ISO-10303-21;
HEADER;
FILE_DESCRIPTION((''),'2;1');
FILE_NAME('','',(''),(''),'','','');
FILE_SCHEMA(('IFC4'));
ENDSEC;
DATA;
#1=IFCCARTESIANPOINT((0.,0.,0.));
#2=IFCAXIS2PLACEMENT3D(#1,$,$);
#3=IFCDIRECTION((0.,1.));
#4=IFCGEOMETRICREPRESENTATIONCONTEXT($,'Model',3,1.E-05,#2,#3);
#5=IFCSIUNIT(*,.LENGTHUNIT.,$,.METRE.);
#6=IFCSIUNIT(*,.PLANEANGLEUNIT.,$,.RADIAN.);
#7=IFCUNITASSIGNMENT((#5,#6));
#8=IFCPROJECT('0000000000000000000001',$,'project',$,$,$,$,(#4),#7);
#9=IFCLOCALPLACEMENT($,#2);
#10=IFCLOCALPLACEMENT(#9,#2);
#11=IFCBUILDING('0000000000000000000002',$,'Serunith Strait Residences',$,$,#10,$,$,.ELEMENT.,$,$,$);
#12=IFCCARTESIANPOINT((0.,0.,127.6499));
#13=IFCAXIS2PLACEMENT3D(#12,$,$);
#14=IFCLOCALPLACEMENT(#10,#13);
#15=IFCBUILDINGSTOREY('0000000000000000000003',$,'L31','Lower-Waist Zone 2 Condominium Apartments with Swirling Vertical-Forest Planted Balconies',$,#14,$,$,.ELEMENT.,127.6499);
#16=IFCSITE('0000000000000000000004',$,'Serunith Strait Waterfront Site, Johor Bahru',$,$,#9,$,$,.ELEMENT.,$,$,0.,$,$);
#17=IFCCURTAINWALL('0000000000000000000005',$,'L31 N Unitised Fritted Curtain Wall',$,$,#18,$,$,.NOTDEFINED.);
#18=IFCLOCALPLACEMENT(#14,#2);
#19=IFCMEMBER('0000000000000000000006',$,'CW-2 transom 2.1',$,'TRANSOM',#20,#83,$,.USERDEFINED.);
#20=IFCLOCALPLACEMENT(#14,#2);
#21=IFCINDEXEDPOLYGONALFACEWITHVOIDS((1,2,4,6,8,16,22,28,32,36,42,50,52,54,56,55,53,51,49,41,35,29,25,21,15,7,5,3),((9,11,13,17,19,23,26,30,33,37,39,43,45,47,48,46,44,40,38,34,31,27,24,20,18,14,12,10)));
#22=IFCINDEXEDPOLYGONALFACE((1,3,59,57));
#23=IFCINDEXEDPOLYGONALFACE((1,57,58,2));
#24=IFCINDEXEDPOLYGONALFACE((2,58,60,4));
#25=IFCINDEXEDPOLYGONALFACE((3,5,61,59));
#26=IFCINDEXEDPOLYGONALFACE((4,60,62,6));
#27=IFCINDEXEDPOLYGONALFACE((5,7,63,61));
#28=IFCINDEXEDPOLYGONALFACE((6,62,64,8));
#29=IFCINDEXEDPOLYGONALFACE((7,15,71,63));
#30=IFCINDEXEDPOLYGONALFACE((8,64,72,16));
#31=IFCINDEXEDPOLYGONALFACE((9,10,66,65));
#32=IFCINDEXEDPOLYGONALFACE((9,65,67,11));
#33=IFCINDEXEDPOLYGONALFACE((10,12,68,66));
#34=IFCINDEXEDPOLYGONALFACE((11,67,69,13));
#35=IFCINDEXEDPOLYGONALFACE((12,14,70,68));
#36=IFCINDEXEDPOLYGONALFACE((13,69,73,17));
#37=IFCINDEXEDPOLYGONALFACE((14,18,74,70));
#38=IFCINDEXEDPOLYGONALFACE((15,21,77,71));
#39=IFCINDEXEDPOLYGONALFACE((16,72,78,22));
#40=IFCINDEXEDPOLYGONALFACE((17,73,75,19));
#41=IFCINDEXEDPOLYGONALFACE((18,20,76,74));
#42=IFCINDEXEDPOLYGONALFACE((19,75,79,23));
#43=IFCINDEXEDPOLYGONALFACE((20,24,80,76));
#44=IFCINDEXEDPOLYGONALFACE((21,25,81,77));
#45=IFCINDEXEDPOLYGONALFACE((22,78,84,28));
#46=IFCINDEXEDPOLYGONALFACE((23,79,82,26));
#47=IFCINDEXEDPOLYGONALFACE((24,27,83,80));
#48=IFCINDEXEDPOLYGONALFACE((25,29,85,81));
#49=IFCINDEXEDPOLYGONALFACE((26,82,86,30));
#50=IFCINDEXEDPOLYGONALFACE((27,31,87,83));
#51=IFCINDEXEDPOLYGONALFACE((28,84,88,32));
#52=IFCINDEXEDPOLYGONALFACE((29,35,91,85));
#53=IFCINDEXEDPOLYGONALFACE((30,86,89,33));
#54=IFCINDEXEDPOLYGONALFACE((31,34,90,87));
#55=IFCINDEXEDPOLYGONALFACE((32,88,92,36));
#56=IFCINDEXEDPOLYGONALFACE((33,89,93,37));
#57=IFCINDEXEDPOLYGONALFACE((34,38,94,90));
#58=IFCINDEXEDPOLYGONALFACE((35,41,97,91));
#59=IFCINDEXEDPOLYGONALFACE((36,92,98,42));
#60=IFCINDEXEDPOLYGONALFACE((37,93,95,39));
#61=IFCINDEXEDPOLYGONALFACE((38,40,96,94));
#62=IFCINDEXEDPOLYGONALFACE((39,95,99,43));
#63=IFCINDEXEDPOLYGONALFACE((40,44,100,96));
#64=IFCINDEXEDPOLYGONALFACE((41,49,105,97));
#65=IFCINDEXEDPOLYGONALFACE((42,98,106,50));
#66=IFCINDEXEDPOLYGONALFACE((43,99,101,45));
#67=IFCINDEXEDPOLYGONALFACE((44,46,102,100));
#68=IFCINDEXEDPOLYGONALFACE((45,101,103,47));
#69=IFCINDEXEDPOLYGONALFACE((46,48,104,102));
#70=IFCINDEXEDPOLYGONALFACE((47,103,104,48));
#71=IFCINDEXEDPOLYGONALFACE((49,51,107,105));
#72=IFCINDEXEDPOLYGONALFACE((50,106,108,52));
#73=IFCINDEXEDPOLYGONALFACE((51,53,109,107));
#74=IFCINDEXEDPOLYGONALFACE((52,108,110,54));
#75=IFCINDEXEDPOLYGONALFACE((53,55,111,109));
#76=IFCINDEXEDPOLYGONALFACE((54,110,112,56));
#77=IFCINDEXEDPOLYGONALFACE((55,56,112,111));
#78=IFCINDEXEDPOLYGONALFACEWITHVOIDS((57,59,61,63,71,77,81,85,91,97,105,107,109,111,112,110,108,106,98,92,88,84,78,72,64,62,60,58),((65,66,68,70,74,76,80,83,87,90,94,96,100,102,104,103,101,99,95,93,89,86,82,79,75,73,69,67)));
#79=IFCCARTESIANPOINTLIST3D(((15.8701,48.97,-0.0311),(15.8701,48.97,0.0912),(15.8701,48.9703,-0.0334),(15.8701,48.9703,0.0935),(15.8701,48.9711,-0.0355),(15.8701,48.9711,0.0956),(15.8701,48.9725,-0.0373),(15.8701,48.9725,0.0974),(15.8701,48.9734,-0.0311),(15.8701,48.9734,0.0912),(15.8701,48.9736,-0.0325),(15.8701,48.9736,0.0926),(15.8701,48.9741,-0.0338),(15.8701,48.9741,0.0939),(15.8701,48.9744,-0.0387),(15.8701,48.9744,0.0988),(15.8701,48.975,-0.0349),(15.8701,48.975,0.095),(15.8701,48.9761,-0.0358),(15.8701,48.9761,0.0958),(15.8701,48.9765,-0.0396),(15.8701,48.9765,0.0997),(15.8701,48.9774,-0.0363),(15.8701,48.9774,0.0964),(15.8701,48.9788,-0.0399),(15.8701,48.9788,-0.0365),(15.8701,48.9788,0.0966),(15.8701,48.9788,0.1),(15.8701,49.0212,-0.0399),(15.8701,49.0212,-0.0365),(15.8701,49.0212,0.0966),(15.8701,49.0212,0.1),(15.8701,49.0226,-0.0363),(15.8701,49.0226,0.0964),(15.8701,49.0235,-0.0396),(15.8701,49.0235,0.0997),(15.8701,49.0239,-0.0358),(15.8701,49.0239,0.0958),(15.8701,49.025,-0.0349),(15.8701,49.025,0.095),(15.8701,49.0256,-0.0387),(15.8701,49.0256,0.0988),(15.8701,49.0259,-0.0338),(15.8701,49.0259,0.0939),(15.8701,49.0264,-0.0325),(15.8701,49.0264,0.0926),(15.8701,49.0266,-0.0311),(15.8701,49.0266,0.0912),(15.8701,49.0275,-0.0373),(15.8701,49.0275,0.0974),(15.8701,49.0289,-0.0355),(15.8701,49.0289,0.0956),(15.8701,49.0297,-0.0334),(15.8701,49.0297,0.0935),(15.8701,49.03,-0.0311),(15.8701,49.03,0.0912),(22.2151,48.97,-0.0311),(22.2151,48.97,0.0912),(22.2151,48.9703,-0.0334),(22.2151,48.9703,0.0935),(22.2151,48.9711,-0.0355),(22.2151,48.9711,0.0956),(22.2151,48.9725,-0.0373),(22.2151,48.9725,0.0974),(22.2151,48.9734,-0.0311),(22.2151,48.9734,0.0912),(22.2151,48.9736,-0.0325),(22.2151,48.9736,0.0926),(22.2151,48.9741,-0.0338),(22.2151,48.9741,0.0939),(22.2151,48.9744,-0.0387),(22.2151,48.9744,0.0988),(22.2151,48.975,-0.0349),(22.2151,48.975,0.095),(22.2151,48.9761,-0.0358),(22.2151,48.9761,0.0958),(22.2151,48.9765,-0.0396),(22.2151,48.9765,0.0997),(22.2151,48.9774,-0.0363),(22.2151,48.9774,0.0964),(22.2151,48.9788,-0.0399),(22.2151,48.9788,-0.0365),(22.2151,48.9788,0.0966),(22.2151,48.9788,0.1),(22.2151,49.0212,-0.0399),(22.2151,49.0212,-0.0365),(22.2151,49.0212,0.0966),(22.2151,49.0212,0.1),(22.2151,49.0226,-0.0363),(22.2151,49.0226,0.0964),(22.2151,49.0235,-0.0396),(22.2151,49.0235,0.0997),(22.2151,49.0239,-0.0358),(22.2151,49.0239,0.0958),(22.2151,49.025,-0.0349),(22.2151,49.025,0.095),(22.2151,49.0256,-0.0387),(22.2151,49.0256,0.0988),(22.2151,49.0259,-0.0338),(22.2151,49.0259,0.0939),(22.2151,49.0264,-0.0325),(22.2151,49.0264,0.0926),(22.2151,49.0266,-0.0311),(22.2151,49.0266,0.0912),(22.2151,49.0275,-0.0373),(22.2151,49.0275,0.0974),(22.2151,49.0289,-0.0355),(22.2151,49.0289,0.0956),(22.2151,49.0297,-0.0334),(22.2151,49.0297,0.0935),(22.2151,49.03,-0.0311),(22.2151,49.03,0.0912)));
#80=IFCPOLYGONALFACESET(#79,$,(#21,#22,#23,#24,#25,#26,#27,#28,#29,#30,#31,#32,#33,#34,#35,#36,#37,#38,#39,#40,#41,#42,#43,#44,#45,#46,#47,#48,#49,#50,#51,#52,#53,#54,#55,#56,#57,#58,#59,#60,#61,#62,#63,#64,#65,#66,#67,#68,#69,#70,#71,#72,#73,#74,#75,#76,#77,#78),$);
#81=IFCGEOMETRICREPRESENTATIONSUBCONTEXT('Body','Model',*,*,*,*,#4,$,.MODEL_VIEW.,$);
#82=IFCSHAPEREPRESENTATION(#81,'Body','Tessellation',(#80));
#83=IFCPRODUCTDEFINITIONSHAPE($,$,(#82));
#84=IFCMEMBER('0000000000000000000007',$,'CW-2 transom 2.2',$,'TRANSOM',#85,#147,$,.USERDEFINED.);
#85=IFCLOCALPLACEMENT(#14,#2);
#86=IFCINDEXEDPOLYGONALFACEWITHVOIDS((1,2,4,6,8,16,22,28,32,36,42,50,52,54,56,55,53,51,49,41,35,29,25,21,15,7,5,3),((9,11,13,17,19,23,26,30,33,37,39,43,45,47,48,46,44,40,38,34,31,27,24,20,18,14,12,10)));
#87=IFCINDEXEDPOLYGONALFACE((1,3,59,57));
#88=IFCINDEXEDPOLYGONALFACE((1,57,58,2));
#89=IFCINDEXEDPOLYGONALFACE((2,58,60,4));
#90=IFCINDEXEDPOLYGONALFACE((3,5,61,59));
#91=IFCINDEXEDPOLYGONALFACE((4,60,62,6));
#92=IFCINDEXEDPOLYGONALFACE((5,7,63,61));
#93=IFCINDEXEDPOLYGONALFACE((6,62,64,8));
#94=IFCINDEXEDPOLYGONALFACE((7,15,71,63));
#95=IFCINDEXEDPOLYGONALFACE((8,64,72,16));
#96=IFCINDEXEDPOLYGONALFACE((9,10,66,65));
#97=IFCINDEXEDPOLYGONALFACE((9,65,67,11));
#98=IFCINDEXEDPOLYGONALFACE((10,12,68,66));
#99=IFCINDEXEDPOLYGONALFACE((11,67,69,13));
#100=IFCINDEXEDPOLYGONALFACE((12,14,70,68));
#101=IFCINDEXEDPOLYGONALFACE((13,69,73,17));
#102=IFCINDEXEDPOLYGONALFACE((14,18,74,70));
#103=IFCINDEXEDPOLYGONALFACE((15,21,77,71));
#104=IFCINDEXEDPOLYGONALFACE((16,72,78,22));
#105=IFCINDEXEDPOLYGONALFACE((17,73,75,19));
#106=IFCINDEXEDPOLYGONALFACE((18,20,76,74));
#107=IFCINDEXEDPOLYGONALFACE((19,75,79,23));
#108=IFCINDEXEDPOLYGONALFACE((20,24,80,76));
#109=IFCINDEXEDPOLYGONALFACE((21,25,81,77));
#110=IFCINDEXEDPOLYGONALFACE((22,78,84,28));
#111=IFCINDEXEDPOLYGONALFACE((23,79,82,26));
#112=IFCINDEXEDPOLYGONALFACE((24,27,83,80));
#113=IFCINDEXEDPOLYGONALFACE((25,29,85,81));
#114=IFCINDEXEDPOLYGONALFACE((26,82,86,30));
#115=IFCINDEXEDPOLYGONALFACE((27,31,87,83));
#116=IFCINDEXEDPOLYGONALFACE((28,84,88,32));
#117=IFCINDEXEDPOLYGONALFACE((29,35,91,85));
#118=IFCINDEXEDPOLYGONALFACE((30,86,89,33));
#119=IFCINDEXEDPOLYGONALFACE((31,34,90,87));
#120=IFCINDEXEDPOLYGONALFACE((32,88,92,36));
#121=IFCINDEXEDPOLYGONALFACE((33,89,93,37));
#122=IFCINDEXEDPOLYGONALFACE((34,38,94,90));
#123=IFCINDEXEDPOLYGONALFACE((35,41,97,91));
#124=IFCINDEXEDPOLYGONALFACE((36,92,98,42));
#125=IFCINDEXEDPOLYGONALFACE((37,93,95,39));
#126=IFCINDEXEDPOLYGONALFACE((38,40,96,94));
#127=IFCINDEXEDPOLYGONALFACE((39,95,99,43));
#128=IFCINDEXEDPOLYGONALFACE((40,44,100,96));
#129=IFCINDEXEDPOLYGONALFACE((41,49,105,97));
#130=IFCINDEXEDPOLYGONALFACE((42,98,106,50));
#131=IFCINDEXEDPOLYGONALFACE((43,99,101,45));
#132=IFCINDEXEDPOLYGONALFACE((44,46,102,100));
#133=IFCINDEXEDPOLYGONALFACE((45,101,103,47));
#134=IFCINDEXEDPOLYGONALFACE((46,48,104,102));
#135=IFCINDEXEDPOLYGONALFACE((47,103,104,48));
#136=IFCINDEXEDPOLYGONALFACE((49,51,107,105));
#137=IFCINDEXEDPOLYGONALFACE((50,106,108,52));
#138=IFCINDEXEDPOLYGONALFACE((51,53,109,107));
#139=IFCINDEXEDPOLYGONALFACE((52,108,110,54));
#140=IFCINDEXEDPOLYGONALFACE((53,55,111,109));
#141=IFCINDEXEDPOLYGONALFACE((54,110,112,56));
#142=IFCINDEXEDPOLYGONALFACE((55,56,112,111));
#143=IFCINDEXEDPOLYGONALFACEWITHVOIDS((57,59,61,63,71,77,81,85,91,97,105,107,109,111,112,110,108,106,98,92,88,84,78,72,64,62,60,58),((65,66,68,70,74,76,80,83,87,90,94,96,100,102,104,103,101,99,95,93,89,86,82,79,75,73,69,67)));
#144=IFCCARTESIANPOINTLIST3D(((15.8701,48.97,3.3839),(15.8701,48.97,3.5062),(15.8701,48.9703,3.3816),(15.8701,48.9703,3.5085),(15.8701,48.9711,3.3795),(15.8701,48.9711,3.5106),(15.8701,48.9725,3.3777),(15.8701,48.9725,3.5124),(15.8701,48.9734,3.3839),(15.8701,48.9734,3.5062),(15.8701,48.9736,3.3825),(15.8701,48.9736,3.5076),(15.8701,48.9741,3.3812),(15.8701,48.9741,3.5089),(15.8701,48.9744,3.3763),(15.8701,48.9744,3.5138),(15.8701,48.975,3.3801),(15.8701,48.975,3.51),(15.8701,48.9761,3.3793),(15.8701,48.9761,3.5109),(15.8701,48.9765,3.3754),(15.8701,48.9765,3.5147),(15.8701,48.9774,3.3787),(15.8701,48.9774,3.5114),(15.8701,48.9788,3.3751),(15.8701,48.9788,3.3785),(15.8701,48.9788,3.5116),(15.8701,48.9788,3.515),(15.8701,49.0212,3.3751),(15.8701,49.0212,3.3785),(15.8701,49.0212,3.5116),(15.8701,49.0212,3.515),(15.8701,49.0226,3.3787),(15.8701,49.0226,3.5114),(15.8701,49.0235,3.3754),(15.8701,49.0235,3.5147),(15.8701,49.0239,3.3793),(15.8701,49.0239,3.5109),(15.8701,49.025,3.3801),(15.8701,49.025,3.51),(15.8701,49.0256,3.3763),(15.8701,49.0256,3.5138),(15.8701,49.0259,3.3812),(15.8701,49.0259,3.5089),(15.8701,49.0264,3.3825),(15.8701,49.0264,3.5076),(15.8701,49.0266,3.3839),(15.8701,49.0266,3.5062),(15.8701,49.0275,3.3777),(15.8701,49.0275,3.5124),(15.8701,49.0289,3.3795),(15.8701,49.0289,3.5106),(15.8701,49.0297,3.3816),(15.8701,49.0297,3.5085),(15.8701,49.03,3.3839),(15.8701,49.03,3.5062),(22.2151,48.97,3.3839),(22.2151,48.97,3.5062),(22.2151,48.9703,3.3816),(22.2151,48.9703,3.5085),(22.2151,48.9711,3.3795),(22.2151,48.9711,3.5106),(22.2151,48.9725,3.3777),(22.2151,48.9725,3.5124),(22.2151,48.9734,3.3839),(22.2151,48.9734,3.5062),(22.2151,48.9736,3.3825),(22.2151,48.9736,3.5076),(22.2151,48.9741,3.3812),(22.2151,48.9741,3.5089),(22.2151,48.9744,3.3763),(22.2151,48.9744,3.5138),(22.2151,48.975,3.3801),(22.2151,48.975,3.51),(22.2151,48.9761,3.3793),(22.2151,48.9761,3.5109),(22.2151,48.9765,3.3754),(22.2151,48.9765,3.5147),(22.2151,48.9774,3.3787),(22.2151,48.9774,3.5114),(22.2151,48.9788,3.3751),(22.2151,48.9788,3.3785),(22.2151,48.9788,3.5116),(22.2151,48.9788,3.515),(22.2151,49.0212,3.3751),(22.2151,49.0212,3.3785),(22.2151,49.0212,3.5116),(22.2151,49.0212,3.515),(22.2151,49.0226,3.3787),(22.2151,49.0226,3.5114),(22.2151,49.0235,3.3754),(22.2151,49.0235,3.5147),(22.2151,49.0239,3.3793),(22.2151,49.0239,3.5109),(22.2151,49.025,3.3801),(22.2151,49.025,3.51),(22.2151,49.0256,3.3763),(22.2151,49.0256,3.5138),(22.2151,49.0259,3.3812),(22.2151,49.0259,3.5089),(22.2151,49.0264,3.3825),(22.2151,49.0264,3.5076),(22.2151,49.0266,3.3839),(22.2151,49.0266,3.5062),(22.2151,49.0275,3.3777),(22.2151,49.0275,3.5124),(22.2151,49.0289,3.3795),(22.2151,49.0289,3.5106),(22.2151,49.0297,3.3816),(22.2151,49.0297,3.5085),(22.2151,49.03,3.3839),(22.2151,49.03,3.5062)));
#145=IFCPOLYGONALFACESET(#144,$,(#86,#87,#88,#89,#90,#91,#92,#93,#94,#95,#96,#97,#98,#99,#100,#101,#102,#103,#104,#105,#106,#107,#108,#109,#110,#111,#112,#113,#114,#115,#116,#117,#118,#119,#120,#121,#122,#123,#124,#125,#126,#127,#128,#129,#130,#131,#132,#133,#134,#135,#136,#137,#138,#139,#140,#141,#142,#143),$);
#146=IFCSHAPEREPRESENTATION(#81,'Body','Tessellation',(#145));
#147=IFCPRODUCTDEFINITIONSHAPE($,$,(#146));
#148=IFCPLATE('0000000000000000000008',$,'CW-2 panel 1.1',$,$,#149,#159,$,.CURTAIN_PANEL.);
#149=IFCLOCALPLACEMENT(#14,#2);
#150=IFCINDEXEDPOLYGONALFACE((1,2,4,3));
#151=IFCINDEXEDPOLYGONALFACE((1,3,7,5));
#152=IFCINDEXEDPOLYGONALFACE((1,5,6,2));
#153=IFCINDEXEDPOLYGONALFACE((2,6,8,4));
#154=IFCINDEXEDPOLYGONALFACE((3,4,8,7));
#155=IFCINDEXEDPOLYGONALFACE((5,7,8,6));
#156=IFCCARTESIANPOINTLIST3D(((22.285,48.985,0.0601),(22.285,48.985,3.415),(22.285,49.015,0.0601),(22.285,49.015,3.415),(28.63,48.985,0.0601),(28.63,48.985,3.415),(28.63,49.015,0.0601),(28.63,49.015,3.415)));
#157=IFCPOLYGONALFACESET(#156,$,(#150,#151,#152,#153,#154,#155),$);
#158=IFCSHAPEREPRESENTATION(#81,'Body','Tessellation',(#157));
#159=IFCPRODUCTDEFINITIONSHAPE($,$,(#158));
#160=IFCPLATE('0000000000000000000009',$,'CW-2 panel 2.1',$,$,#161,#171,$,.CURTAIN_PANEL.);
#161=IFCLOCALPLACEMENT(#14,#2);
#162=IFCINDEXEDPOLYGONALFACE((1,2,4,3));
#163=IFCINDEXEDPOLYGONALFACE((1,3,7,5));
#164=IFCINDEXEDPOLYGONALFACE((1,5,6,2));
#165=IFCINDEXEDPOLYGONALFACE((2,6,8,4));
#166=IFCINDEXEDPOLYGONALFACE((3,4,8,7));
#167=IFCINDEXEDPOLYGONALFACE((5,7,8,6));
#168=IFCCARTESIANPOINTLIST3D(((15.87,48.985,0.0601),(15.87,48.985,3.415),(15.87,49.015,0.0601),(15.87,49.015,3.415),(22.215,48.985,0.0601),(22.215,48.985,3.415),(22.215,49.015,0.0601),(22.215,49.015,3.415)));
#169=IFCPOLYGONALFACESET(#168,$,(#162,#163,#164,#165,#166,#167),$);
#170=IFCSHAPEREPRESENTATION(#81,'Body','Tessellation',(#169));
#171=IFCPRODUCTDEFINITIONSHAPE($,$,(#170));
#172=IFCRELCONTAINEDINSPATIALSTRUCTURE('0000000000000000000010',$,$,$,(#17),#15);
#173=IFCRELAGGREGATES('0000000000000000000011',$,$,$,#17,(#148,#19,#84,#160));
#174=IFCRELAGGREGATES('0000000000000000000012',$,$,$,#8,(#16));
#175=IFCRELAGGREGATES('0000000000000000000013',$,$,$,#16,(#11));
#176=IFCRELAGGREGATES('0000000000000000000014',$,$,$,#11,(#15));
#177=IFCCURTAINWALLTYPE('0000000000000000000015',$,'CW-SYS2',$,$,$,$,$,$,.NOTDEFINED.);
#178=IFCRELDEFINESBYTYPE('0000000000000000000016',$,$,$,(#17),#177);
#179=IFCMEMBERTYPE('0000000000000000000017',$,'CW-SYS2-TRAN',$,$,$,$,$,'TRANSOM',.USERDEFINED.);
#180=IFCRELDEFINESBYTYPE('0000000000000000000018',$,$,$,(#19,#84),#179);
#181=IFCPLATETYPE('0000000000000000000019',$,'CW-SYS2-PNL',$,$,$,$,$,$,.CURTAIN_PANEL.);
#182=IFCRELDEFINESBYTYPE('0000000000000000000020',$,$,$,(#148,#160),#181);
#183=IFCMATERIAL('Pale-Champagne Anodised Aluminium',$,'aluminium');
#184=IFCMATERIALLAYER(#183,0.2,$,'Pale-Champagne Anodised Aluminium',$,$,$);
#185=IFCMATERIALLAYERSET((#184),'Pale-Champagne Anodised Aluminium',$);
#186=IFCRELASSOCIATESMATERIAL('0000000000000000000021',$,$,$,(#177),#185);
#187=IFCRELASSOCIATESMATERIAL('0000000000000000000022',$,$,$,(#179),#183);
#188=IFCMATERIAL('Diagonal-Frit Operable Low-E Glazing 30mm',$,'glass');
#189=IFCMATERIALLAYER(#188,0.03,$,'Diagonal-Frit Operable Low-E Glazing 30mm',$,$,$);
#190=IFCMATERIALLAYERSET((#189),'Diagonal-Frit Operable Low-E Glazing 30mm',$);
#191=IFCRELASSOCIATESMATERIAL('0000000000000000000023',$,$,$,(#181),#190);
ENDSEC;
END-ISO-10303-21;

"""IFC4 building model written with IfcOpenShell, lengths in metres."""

from ifc_helpers import new_model, si_unit, direction, frame, origin, origin_2d, place, context, subcontext, project, spatial, rectangle, hollow_rectangle, extrude, source, transform, mapped, material, layer, layer_set, material_profile, profile_set, type_object, element, aggregate, save


model = new_model("IFC4")

# Units and contexts
model_context = context("Model", 3, precision=1e-05, world=origin(), true_north=direction((0.0, 1.0)))
body_context = subcontext(model_context, "Body", "Model", "MODEL_VIEW")
ifc_project = project(units=[si_unit("LENGTHUNIT", "METRE"), si_unit("PLANEANGLEUNIT", "RADIAN")], contexts=[model_context])

# Site, building, storey
site_placement = place(None, origin())
site = spatial("IfcSite", under=ifc_project, at=site_placement, Name="Serunith Strait Waterfront Site, Johor Bahru", CompositionType="ELEMENT", RefElevation=0.0)
building_placement = place(site_placement, origin())
building = spatial("IfcBuilding", under=site, at=building_placement, Name="Serunith Strait Residences", CompositionType="ELEMENT")
storey_placement = place(building_placement, frame((0.0, 0.0, 127.6499)))
storey = spatial("IfcBuildingStorey", under=building, at=storey_placement, Name="L31", Description="Lower-Waist Zone 2 Condominium Apartments with Swirling Vertical-Forest Planted Balconies", CompositionType="ELEMENT", Elevation=127.6499)

# Curtain wall, members, plates
ifc_material_1 = material(Name="Pale-Champagne Anodised Aluminium", Category="aluminium")
ifc_layer_1 = layer(ifc_material_1, 0.2, Name="Pale-Champagne Anodised Aluminium")
ifc_layer_set_1 = layer_set([ifc_layer_1], Name="Pale-Champagne Anodised Aluminium")
curtain_wall_type = type_object("IfcCurtainWallType", Name="CW-SYS2", PredefinedType="NOTDEFINED", material=ifc_layer_set_1)
curtain_wall_placement = place(storey_placement, origin())
curtain_wall = element("IfcCurtainWall", 1, at=curtain_wall_placement, inside=storey, type_object=curtain_wall_type, Name="L31 N Unitised Fritted Curtain Wall", PredefinedType="NOTDEFINED")
ifc_material_profile_1 = material_profile(ifc_material_1, hollow_rectangle(XDim=0.0601, YDim=0.1399, WallThickness=0.0034, InnerFilletRadius=0.0054, OuterFilletRadius=0.0088, at=origin_2d()), Name="ALU 140x60x3.5")
ifc_profile_set_1 = profile_set([ifc_material_profile_1], Name="Pale-Champagne Anodised Aluminium")
member_type_1 = type_object("IfcMemberType", Name="CW-SYS2-TRAN", ElementType="TRANSOM", PredefinedType="USERDEFINED", material=ifc_profile_set_1)
shared_shape_1 = source(origin(), body_context, "Body", "SweptSolid", [
    extrude(hollow_rectangle(XDim=0.0601, YDim=0.1399, WallThickness=0.0034, InnerFilletRadius=0.0054, OuterFilletRadius=0.0088, at=origin_2d()), origin(), (0.0, 0.0, 1.0), 6.345),
])
member_1_placement = place(storey_placement, frame((22.2151, 49.0, 0.03), z_axis=(-1.0, 0.0, 0.0), x_axis=(0.0, -1.0, 0.0)))
member_1 = element("IfcMember", 2, at=member_1_placement, type_object=member_type_1, Name="CW-2 transom 2.1", ObjectType="TRANSOM", PredefinedType="USERDEFINED", context=body_context, shape_type="MappedRepresentation", body=[
    mapped(shared_shape_1, transform((0.0, 0.0, 0.0), scale=1.0)),
])
member_2_placement = place(storey_placement, frame((22.2151, 49.0, 3.4451), z_axis=(-1.0, 0.0, 0.0), x_axis=(0.0, -1.0, 0.0)))
member_2 = element("IfcMember", 3, at=member_2_placement, type_object=member_type_1, Name="CW-2 transom 2.2", ObjectType="TRANSOM", PredefinedType="USERDEFINED", context=body_context, shape_type="MappedRepresentation", body=[
    mapped(shared_shape_1, transform((0.0, 0.0, 0.0), scale=1.0)),
])
ifc_material_2 = material(Name="Diagonal-Frit Operable Low-E Glazing 30mm", Category="glass")
ifc_layer_2 = layer(ifc_material_2, 0.03, Name="Diagonal-Frit Operable Low-E Glazing 30mm")
ifc_layer_set_2 = layer_set([ifc_layer_2], Name="Diagonal-Frit Operable Low-E Glazing 30mm")
plate_type = type_object("IfcPlateType", Name="CW-SYS2-PNL", PredefinedType="CURTAIN_PANEL", material=ifc_layer_set_2)
shared_shape_2 = source(origin(), body_context, "Body", "SweptSolid", [
    extrude(rectangle(XDim=6.345, YDim=0.03, at=origin_2d()), origin(), (0.0, 0.0, 1.0), 3.355),
])
plate_1_placement = place(storey_placement, frame((25.4575, 49.0, 0.0601), z_axis=(0.0, 0.0, 1.0), x_axis=(-1.0, 0.0, 0.0)))
plate_1 = element("IfcPlate", 4, at=plate_1_placement, type_object=plate_type, Name="CW-2 panel 1.1", PredefinedType="CURTAIN_PANEL", context=body_context, shape_type="MappedRepresentation", body=[
    mapped(shared_shape_2, transform((0.0, 0.0, 0.0), scale=1.0)),
])
plate_2_placement = place(storey_placement, frame((19.0425, 49.0, 0.0601), z_axis=(0.0, 0.0, 1.0), x_axis=(-1.0, 0.0, 0.0)))
plate_2 = element("IfcPlate", 5, at=plate_2_placement, type_object=plate_type, Name="CW-2 panel 2.1", PredefinedType="CURTAIN_PANEL", context=body_context, shape_type="MappedRepresentation", body=[
    mapped(shared_shape_2, transform((0.0, 0.0, 0.0), scale=1.0)),
])
aggregate(curtain_wall, [plate_1, member_1, member_2, plate_2])

save(model, "model.ifc")
